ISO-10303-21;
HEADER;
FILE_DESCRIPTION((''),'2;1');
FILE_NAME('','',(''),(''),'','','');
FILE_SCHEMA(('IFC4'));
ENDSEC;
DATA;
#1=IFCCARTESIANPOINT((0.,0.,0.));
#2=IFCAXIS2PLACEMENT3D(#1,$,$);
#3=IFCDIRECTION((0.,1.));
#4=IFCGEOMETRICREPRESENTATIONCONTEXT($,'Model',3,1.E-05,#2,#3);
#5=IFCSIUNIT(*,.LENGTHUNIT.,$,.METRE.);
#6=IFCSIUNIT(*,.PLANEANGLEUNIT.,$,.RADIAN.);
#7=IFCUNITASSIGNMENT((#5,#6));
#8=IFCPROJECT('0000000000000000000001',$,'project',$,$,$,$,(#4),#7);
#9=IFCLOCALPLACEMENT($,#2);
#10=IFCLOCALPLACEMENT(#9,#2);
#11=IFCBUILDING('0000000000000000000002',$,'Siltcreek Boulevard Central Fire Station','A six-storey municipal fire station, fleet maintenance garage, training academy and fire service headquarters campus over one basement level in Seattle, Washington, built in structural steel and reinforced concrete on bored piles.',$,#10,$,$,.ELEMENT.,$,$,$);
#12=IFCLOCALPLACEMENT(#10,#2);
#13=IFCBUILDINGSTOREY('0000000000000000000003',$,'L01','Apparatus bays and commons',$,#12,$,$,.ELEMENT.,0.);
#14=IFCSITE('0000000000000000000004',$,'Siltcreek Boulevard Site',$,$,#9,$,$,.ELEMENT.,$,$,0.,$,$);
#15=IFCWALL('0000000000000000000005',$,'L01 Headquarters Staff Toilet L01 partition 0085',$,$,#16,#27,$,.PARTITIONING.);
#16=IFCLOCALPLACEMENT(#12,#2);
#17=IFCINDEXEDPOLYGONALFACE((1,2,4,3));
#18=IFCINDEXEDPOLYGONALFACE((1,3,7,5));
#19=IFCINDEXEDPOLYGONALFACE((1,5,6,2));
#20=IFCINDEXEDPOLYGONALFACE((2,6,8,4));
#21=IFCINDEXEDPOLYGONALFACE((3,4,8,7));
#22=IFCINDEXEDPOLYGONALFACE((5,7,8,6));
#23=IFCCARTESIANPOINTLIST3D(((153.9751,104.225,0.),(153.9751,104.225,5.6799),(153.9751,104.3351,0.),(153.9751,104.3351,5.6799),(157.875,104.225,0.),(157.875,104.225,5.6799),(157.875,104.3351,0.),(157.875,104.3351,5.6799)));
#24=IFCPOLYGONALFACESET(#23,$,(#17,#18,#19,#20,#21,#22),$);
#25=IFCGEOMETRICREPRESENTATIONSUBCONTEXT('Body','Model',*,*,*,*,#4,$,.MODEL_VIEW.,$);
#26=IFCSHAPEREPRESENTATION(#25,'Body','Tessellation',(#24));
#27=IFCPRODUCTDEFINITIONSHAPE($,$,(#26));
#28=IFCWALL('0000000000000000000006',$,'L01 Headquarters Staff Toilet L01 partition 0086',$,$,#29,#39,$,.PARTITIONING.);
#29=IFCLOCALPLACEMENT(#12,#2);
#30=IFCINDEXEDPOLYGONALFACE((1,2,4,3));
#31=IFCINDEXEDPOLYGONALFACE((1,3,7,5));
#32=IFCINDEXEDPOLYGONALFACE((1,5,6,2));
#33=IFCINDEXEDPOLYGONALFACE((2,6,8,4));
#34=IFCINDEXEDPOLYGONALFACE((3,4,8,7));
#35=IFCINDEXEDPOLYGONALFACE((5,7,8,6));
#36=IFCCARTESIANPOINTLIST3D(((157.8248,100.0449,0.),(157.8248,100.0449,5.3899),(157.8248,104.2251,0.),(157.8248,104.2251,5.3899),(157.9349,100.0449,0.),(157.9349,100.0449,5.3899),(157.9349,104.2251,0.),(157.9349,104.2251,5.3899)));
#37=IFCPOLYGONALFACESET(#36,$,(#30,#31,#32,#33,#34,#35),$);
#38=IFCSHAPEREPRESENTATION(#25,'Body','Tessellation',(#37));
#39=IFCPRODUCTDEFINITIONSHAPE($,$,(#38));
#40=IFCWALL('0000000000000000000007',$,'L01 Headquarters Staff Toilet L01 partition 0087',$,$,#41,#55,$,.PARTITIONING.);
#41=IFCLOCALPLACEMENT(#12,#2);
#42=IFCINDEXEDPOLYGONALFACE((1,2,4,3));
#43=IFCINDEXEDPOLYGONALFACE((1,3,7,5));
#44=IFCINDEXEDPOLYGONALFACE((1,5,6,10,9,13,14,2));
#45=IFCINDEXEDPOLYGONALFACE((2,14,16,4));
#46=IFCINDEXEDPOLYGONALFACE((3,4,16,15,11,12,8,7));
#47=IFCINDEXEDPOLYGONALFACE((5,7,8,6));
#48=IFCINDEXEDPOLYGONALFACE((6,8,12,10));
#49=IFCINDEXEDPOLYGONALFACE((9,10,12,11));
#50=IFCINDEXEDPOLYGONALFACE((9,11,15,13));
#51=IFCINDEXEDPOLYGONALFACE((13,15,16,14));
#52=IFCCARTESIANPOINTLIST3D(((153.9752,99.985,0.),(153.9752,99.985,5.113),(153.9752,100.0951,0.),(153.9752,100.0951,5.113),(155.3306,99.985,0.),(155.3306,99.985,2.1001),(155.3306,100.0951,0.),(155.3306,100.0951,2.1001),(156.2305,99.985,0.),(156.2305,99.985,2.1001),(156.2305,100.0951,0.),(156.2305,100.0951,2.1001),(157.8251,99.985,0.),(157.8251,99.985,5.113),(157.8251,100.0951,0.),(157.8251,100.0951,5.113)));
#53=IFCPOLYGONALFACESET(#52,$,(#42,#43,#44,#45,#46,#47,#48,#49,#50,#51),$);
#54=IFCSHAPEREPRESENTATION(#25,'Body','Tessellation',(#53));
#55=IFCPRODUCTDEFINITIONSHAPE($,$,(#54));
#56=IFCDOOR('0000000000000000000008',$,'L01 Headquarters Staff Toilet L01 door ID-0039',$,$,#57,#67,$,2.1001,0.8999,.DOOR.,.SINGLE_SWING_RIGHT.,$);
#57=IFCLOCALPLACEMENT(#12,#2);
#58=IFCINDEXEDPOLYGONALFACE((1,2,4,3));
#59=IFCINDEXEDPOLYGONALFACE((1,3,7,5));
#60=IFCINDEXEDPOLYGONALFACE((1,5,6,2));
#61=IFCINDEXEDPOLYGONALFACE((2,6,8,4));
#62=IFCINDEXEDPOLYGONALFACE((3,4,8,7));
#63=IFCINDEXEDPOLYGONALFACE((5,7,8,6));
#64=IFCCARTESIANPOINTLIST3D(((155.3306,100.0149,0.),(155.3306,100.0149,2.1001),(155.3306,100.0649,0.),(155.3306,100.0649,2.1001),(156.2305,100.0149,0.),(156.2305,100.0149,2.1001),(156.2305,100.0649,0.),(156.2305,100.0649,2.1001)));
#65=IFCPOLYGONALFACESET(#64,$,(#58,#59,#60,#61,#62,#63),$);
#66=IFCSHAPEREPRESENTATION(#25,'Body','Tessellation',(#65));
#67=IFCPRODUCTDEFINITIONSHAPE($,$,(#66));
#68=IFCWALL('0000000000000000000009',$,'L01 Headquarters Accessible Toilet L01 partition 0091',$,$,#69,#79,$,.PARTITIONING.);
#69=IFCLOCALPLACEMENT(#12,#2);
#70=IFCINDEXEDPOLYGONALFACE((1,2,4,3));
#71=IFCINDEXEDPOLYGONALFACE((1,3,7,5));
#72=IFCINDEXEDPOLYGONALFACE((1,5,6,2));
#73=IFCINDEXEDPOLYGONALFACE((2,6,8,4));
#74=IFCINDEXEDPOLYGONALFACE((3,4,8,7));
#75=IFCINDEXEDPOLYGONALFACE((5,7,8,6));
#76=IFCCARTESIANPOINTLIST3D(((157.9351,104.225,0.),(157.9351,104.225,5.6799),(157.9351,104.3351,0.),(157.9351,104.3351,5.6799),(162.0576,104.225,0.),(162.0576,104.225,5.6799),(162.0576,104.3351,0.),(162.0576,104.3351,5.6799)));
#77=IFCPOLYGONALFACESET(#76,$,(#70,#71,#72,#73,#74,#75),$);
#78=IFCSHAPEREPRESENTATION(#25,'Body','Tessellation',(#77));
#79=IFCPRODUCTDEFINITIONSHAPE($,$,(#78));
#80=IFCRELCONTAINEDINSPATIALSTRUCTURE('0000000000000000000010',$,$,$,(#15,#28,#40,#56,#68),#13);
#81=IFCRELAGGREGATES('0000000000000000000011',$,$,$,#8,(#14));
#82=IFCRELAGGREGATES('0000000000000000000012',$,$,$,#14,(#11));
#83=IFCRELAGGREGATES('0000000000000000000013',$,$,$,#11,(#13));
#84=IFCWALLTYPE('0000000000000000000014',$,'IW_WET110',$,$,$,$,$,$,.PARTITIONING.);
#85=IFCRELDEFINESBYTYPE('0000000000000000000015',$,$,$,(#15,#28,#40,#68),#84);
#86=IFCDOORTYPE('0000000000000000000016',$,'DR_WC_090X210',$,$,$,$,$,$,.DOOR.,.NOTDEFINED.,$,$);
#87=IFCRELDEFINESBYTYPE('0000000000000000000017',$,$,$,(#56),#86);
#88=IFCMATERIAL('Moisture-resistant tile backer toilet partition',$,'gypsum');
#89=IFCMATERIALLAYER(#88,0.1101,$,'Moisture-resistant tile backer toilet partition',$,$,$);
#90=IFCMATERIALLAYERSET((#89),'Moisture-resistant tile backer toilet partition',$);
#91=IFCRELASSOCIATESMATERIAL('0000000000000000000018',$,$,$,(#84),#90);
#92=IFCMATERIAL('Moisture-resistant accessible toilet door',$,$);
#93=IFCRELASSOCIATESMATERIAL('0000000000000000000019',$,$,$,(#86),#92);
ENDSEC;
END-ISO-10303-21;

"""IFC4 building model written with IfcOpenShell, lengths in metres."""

from ifc_helpers import new_model, si_unit, direction, frame, frame_2d, origin, place, context, subcontext, project, spatial, rectangle, extrude, material, layer, layer_set, type_object, element, fill, save


model = new_model("IFC4")

# Units and contexts
model_context = context("Model", 3, precision=1e-05, world=origin(), true_north=direction((0.0, 1.0)))
body_context = subcontext(model_context, "Body", "Model", "MODEL_VIEW")
ifc_project = project(units=[si_unit("LENGTHUNIT", "METRE"), si_unit("PLANEANGLEUNIT", "RADIAN")], contexts=[model_context])

# Site, building, storey
site_placement = place(None, origin())
site = spatial("IfcSite", under=ifc_project, at=site_placement, Name="Siltcreek Boulevard Site", CompositionType="ELEMENT", RefElevation=0.0)
building_placement = place(site_placement, origin())
building = spatial("IfcBuilding", under=site, at=building_placement, Name="Siltcreek Boulevard Central Fire Station", Description="A six-storey municipal fire station, fleet maintenance garage, training academy and fire service headquarters campus over one basement level in Seattle, Washington, built in structural steel and reinforced concrete on bored piles.", CompositionType="ELEMENT")
storey_placement = place(building_placement, origin())
storey = spatial("IfcBuildingStorey", under=building, at=storey_placement, Name="L01", Description="Apparatus bays and commons", CompositionType="ELEMENT", Elevation=0.0)

# Walls
ifc_material_1 = material(Name="Moisture-resistant tile backer toilet partition", Category="gypsum")
ifc_layer_1 = layer(ifc_material_1, 0.1101, Name="Moisture-resistant tile backer toilet partition")
ifc_layer_set_1 = layer_set([ifc_layer_1], Name="Moisture-resistant tile backer toilet partition")
wall_type_1 = type_object("IfcWallType", Name="IW_WET110", PredefinedType="PARTITIONING", material=ifc_layer_set_1)
wall_1_placement = place(storey_placement, frame((153.9751, 104.28, 0.0), z_axis=(0.0, 0.0, 1.0), x_axis=(1.0, 0.0, 0.0)))
element("IfcWall", 1, at=wall_1_placement, inside=storey, type_object=wall_type_1, Name="L01 Headquarters Staff Toilet L01 partition 0085", PredefinedType="PARTITIONING", context=body_context, shape_type="SweptSolid", body=[
    extrude(rectangle(XDim=3.8999, YDim=0.1101, at=frame_2d((1.95, 0.0))), origin(), (0.0, 0.0, 1.0), 5.6799),
])
wall_2_placement = place(storey_placement, frame((157.8799, 104.2251, 0.0), z_axis=(0.0, 0.0, 1.0), x_axis=(0.0, -1.0, 0.0)))
element("IfcWall", 2, at=wall_2_placement, inside=storey, type_object=wall_type_1, Name="L01 Headquarters Staff Toilet L01 partition 0086", PredefinedType="PARTITIONING", context=body_context, shape_type="SweptSolid", body=[
    extrude(rectangle(XDim=4.1802, YDim=0.1101, at=frame_2d((2.0901, 0.0))), origin(), (0.0, 0.0, 1.0), 5.3899),
])

# Wall, opening, door
wall_3_placement = place(storey_placement, frame((157.825, 100.04, 0.0), z_axis=(0.0, 0.0, 1.0), x_axis=(-1.0, 0.0, 0.0)))
wall_3 = element("IfcWall", 3, at=wall_3_placement, inside=storey, type_object=wall_type_1, Name="L01 Headquarters Staff Toilet L01 partition 0087", PredefinedType="PARTITIONING", context=body_context, shape_type="SweptSolid", body=[
    extrude(rectangle(XDim=3.8499, YDim=0.1101, at=frame_2d((1.9248, 0.0))), origin(), (0.0, 0.0, 1.0), 5.113),
])
opening_placement = place(wall_3_placement, frame((1.5945, 0.0, 0.0)))
opening = element("IfcOpeningElement", 4, at=opening_placement, cuts=wall_3, PredefinedType="OPENING", context=body_context, shape_type="SweptSolid", body=[
    extrude(rectangle(XDim=0.8999, YDim=2.1001, at=frame_2d((0.45, 1.05))), frame((0.0, 0.0649, 0.0), z_axis=(0.0, -1.0, 0.0), x_axis=(1.0, 0.0, 0.0)), (0.0, 0.0, 1.0), 0.1301),
])
ifc_material_2 = material(Name="Moisture-resistant accessible toilet door")
door_type = type_object("IfcDoorType", Name="DR_WC_090X210", OperationType="NOTDEFINED", PredefinedType="DOOR", material=ifc_material_2)
door_placement = place(opening_placement, frame((0.8999, 0.0, 0.0), z_axis=(0.0, 0.0, 1.0), x_axis=(-1.0, 0.0, 0.0)))
door = element("IfcDoor", 5, at=door_placement, inside=storey, type_object=door_type, Name="L01 Headquarters Staff Toilet L01 door ID-0039", OperationType="SINGLE_SWING_RIGHT", OverallHeight=2.1001, OverallWidth=0.8999, PredefinedType="DOOR", context=body_context, shape_type="SweptSolid", body=[
    extrude(rectangle(XDim=0.8999, YDim=2.1001, at=frame_2d((0.45, 1.05))), frame((0.0, 0.0249, 0.0), z_axis=(0.0, -1.0, 0.0), x_axis=(1.0, 0.0, 0.0)), (0.0, 0.0, 1.0), 0.05),
])
fill(opening, door)

# Wall
wall_4_placement = place(storey_placement, frame((157.9351, 104.28, 0.0), z_axis=(0.0, 0.0, 1.0), x_axis=(1.0, 0.0, 0.0)))
element("IfcWall", 6, at=wall_4_placement, inside=storey, type_object=wall_type_1, Name="L01 Headquarters Accessible Toilet L01 partition 0091", PredefinedType="PARTITIONING", context=body_context, shape_type="SweptSolid", body=[
    extrude(rectangle(XDim=4.1226, YDim=0.1101, at=frame_2d((2.0613, 0.0))), origin(), (0.0, 0.0, 1.0), 5.6799),
])

save(model, "model.ifc")
